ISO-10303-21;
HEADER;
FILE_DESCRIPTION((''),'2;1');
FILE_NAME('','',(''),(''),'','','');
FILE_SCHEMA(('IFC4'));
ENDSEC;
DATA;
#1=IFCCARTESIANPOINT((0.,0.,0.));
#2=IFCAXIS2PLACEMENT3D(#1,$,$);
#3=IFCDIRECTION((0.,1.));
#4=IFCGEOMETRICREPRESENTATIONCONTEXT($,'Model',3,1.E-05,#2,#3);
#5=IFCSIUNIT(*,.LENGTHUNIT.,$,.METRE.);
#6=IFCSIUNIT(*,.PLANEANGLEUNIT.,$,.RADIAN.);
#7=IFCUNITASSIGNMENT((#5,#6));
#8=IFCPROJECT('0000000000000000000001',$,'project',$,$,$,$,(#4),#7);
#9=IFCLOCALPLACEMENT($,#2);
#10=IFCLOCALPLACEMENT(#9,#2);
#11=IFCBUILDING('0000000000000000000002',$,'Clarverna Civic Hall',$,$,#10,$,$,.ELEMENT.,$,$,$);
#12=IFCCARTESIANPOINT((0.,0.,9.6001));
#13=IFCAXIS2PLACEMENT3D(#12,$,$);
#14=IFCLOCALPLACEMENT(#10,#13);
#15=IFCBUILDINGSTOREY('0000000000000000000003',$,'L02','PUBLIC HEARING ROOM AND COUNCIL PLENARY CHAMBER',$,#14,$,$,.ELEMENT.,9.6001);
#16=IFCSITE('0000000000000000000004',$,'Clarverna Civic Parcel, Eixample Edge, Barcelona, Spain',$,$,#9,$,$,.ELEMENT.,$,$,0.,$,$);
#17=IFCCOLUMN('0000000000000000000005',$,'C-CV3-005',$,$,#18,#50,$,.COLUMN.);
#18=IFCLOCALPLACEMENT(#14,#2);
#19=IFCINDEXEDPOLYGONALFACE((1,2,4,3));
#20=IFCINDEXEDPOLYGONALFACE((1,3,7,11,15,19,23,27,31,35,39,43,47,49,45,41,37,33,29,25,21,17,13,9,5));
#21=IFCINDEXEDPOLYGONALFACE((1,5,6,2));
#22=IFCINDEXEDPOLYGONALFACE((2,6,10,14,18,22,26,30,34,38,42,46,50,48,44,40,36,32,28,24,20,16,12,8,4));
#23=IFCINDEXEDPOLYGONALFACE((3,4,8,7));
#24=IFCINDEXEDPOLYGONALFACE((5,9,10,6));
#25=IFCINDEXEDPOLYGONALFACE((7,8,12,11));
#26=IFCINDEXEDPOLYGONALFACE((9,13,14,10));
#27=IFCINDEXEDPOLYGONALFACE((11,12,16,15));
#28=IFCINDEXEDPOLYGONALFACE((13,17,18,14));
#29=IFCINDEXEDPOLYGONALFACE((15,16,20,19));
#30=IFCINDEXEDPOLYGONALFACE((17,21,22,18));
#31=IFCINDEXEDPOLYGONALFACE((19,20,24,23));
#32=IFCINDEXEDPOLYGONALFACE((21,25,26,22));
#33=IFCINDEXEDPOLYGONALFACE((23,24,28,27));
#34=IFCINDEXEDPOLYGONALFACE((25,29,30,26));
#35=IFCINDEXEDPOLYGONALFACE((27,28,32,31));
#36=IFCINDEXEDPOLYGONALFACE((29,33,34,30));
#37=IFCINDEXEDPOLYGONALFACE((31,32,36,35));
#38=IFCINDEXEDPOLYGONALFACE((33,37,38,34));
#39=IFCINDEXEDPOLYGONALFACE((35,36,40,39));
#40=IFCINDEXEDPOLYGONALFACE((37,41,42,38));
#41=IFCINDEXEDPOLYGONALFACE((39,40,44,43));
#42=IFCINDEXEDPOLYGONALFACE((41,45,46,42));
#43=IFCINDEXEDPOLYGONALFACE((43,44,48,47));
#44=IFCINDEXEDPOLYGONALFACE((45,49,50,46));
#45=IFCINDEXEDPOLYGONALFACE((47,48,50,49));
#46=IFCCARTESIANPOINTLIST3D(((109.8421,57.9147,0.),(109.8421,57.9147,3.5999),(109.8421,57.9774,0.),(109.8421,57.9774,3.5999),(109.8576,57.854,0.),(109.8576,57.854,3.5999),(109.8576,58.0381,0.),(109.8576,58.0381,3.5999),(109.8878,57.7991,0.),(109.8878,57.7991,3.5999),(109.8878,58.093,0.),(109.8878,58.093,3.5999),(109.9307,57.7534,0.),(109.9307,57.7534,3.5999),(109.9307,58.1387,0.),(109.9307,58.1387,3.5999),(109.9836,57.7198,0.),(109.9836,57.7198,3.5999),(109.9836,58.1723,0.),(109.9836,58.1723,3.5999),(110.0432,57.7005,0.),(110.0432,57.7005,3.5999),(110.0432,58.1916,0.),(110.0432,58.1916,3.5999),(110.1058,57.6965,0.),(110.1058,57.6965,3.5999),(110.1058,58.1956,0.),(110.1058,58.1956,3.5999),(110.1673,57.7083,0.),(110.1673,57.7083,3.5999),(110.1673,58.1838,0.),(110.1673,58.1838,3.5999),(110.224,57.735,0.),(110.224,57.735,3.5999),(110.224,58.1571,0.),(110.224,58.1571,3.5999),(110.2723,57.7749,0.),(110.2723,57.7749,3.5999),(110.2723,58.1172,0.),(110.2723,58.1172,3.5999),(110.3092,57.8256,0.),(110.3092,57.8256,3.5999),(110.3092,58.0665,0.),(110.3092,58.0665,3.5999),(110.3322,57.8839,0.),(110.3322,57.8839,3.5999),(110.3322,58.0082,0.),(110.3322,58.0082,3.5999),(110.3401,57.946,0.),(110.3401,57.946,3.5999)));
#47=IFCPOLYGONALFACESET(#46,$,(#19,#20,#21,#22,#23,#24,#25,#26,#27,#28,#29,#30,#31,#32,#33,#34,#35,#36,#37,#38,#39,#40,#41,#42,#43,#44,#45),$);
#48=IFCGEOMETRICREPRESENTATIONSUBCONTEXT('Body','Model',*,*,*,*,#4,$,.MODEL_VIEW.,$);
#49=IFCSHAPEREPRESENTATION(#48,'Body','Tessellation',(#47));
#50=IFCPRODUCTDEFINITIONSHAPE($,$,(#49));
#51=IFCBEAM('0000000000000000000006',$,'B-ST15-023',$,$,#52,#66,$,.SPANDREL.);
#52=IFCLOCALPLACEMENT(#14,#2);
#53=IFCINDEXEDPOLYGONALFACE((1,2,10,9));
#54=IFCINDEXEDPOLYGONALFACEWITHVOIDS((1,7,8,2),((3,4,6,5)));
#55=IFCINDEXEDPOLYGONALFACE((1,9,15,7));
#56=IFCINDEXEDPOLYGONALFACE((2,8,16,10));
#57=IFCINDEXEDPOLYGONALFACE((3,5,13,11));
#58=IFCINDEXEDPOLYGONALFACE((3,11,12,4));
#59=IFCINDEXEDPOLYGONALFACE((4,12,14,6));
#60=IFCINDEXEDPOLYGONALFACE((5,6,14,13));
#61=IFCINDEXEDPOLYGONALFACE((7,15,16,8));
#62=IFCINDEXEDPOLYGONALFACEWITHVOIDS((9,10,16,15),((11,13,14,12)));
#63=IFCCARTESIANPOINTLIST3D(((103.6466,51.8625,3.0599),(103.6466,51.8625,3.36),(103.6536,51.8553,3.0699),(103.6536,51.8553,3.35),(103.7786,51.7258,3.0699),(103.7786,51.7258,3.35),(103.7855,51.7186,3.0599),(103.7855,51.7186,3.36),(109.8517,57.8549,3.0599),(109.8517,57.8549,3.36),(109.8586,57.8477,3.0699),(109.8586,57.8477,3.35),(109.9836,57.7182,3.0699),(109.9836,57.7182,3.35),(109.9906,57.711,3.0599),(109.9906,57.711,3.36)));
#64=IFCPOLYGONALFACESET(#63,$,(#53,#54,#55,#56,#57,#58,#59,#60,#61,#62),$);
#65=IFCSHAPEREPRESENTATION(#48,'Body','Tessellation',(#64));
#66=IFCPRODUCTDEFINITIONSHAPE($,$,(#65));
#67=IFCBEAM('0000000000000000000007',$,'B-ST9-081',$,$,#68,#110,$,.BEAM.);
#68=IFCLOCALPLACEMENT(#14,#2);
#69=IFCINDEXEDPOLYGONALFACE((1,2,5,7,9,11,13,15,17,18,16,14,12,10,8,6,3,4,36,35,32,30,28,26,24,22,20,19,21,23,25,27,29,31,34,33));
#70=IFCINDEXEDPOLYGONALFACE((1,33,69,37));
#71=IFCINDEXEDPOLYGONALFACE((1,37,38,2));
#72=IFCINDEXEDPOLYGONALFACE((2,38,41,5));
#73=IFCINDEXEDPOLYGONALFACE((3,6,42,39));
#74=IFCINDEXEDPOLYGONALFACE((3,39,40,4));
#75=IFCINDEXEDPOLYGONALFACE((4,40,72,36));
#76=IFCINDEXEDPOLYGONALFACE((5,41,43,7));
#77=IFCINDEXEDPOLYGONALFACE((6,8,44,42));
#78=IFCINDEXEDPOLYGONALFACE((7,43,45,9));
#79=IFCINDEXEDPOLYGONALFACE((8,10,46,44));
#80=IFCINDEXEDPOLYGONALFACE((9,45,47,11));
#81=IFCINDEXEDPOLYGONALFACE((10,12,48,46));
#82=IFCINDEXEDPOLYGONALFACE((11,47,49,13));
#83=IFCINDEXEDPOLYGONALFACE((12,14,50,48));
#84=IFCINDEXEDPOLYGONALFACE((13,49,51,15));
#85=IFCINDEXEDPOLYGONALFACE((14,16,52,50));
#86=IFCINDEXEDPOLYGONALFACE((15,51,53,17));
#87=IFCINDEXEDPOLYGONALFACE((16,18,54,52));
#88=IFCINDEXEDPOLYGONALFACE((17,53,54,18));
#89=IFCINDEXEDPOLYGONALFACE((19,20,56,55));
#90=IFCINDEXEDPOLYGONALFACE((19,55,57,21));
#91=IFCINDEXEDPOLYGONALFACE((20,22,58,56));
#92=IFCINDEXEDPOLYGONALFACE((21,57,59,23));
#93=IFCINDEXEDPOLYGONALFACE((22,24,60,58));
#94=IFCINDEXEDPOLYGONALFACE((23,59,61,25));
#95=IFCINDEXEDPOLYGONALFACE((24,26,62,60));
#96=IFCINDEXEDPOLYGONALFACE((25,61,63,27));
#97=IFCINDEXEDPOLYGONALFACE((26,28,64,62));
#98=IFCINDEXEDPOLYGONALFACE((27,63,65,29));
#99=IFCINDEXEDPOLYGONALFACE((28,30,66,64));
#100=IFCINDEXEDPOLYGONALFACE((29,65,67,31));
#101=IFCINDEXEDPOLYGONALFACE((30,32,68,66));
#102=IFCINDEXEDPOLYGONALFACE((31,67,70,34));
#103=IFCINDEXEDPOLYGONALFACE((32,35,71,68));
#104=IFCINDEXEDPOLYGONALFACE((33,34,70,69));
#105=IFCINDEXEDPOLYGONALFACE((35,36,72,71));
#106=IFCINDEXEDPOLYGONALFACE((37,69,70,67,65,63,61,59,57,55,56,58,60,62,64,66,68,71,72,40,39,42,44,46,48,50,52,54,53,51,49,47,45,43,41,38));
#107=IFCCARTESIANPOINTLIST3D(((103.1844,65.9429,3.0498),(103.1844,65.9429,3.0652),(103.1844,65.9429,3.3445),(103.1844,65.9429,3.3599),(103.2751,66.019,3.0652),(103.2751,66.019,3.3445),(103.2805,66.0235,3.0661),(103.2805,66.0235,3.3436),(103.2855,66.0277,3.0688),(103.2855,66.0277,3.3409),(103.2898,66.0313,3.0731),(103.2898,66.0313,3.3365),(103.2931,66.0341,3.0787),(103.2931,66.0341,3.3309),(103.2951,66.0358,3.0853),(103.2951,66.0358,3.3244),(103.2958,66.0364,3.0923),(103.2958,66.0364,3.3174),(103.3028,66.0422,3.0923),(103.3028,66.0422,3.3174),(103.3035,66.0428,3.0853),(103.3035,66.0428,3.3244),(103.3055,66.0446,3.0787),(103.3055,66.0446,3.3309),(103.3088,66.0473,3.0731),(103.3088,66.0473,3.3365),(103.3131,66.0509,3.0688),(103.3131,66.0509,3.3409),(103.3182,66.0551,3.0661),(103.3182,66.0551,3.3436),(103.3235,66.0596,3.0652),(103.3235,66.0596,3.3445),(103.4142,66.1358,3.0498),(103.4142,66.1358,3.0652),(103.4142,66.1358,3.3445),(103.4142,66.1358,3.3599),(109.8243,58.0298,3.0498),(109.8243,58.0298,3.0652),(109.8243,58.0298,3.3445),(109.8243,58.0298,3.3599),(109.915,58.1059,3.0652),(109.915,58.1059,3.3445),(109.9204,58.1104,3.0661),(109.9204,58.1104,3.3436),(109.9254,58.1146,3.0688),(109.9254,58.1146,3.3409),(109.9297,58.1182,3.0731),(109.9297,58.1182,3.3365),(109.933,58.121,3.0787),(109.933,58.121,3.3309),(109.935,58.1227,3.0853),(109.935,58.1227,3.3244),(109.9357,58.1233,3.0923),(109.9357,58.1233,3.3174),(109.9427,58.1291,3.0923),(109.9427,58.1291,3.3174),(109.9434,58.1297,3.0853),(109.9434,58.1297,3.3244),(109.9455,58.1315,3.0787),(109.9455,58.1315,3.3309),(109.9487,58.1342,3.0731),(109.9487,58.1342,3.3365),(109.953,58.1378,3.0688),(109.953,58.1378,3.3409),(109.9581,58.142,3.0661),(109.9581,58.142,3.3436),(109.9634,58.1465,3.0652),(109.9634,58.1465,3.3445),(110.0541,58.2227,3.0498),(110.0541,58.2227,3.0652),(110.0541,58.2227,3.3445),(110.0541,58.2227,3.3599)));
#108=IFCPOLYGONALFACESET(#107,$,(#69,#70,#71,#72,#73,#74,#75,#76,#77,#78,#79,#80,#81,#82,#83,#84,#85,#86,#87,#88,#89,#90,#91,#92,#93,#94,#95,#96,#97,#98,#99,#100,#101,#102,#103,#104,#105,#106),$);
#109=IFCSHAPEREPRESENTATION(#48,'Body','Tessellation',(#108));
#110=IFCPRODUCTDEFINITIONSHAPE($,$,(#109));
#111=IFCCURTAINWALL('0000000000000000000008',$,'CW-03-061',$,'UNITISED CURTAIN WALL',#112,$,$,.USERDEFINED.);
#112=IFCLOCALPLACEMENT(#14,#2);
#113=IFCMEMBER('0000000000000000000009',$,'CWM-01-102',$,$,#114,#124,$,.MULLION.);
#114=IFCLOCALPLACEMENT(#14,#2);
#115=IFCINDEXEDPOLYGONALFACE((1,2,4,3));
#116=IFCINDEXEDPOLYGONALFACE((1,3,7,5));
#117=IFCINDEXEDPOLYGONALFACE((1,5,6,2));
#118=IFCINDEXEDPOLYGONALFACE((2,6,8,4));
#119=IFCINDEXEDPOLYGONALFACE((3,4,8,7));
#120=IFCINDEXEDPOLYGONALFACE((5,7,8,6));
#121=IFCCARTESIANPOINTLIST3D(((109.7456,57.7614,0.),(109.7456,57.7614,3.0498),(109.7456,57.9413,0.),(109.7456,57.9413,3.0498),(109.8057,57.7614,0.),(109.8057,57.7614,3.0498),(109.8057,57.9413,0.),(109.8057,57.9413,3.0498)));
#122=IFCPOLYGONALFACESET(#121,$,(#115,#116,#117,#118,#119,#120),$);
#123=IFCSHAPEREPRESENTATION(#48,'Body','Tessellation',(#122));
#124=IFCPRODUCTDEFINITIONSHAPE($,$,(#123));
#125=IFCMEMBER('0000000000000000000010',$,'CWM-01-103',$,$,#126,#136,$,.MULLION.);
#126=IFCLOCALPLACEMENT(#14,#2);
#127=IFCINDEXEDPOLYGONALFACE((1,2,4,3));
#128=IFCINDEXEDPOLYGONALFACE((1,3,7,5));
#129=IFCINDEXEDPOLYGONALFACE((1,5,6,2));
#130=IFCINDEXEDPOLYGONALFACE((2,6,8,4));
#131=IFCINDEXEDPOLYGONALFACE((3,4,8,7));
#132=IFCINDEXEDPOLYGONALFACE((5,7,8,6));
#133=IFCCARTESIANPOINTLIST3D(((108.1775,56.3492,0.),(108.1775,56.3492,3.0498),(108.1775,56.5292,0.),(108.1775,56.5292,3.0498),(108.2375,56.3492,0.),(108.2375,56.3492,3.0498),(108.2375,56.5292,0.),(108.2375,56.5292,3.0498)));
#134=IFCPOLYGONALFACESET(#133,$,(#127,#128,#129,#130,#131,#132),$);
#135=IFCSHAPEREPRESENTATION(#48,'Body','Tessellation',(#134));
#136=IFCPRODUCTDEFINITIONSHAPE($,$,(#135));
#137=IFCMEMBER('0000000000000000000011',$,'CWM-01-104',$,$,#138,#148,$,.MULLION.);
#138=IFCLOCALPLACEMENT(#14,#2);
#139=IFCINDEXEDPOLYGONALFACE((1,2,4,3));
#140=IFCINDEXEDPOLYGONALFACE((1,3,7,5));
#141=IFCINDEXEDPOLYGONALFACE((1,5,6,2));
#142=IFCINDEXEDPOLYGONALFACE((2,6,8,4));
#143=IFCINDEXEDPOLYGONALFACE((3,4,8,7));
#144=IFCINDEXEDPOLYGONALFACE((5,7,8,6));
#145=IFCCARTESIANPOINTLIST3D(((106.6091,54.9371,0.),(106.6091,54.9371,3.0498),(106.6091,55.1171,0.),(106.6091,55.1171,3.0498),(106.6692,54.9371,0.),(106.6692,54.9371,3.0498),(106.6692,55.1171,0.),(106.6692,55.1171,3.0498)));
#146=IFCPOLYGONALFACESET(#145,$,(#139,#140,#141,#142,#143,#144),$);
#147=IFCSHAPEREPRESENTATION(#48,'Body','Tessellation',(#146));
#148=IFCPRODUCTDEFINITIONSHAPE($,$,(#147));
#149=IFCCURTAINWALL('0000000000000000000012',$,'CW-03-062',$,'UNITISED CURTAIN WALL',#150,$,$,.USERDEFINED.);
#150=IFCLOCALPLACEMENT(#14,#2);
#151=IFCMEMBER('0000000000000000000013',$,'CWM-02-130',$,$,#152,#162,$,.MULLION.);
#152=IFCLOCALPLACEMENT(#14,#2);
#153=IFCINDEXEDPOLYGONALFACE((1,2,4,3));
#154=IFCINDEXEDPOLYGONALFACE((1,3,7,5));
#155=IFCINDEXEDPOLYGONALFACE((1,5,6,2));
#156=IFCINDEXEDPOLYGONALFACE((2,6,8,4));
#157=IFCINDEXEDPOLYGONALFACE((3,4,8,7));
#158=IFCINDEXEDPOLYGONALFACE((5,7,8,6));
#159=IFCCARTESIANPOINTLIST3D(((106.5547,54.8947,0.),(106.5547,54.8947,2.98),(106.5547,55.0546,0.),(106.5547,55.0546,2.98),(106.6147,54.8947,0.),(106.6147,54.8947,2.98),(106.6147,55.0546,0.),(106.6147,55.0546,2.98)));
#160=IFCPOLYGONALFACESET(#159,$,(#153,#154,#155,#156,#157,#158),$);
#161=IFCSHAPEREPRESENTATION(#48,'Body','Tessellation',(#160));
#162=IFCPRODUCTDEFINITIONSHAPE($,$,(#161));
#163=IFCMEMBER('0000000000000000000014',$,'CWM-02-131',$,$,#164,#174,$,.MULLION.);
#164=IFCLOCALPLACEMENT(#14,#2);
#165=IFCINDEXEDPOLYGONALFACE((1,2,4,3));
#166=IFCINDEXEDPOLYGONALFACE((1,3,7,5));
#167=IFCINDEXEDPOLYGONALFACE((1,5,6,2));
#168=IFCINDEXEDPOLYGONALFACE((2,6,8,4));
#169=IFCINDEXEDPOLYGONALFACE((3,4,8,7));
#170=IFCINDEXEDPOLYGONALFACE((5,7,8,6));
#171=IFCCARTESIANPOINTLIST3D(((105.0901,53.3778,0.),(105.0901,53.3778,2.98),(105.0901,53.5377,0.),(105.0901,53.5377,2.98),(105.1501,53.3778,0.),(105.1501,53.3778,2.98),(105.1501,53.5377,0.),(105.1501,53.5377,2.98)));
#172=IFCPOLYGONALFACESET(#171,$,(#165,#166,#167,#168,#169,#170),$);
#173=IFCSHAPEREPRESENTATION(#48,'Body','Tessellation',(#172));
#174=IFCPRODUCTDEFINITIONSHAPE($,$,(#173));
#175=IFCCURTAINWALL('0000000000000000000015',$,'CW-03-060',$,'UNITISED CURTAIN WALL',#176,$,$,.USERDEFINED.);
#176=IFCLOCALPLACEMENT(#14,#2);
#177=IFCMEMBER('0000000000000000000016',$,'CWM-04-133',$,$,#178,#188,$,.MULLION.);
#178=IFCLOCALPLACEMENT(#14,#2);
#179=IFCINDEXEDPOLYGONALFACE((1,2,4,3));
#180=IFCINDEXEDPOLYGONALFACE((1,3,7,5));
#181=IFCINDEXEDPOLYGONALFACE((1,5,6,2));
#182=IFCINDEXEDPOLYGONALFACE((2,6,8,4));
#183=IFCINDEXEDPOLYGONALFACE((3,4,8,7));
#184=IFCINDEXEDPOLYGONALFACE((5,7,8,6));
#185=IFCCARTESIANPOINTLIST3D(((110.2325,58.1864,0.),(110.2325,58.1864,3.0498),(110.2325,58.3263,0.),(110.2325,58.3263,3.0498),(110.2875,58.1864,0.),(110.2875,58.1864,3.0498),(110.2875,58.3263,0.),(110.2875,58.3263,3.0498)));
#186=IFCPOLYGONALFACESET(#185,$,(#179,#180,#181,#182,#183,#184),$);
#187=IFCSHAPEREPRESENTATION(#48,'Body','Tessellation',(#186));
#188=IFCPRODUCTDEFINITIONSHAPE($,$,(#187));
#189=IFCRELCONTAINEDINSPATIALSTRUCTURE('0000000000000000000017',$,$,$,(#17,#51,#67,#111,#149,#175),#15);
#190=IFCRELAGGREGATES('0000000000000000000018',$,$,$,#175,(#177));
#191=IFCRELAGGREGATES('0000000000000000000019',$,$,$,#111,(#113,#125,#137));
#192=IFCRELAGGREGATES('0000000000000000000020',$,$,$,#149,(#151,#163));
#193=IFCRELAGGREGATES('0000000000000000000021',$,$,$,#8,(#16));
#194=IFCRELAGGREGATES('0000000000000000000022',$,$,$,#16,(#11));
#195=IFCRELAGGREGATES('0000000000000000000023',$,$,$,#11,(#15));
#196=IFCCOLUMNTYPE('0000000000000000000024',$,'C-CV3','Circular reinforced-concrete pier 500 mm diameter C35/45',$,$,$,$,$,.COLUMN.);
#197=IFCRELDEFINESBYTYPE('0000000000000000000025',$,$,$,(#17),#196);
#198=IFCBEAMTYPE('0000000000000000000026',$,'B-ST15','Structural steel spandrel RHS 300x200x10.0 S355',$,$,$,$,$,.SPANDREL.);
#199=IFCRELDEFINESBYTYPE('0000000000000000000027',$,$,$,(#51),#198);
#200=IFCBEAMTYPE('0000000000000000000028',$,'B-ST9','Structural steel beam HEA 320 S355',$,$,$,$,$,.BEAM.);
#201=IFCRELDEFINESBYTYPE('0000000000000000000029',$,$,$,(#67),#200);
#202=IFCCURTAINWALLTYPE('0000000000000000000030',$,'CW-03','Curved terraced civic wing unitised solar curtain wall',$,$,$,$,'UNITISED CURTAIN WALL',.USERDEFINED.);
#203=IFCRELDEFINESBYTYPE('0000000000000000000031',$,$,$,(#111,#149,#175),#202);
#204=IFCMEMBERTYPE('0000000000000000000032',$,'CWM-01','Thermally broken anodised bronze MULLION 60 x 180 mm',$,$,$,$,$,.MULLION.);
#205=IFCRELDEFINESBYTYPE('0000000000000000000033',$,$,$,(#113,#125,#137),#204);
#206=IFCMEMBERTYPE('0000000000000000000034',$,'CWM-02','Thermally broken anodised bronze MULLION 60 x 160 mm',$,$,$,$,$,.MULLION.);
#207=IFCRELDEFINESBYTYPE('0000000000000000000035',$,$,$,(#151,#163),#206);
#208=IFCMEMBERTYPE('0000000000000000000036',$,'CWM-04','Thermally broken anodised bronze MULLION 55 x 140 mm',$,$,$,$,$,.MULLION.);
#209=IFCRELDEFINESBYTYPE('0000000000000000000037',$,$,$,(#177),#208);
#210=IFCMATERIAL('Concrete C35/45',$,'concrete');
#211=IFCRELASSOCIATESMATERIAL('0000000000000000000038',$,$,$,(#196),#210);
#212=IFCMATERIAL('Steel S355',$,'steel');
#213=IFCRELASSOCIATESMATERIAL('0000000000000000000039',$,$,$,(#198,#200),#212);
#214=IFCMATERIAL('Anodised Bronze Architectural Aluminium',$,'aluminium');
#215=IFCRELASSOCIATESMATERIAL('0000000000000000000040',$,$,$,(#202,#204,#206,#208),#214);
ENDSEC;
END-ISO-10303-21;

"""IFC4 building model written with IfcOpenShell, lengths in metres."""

from ifc_helpers import new_model, si_unit, direction, frame, origin, origin_2d, place, context, subcontext, project, spatial, rectangle, hollow_rectangle, circle, i_section, extrude, material, material_profile, profile_set, type_object, element, aggregate, save


model = new_model("IFC4")

# Units and contexts
model_context = context("Model", 3, precision=1e-05, world=origin(), true_north=direction((0.0, 1.0)))
body_context = subcontext(model_context, "Body", "Model", "MODEL_VIEW")
ifc_project = project(units=[si_unit("LENGTHUNIT", "METRE"), si_unit("PLANEANGLEUNIT", "RADIAN")], contexts=[model_context])

# Site, building, storey
site_placement = place(None, origin())
site = spatial("IfcSite", under=ifc_project, at=site_placement, Name="Clarverna Civic Parcel, Eixample Edge, Barcelona, Spain", CompositionType="ELEMENT", RefElevation=0.0)
building_placement = place(site_placement, origin())
building = spatial("IfcBuilding", under=site, at=building_placement, Name="Clarverna Civic Hall", CompositionType="ELEMENT")
storey_placement = place(building_placement, frame((0.0, 0.0, 9.6001)))
storey = spatial("IfcBuildingStorey", under=building, at=storey_placement, Name="L02", Description="PUBLIC HEARING ROOM AND COUNCIL PLENARY CHAMBER", CompositionType="ELEMENT", Elevation=9.6001)

# Column
ifc_material_1 = material(Name="Concrete C35/45", Category="concrete")
ifc_material_profile_1 = material_profile(ifc_material_1, circle(Radius=0.25, at=origin_2d()), Name="RC D500")
ifc_profile_set_1 = profile_set([ifc_material_profile_1], Name="Concrete C35/45")
column_type = type_object("IfcColumnType", Name="C-CV3", Description="Circular reinforced-concrete pier 500 mm diameter C35/45", PredefinedType="COLUMN", material=ifc_profile_set_1)
column_placement = place(storey_placement, frame((110.0901, 57.946, 0.0), z_axis=(0.0, 0.0, 1.0), x_axis=(1.0, 0.0, 0.0)))
element("IfcColumn", 1, at=column_placement, inside=storey, type_object=column_type, Name="C-CV3-005", PredefinedType="COLUMN", context=body_context, shape_type="SweptSolid", body=[
    extrude(circle(Radius=0.25, at=origin_2d()), origin(), (0.0, 0.0, 1.0), 3.5999),
])

# Beams
ifc_material_2 = material(Name="Steel S355", Category="steel")
ifc_material_profile_2 = material_profile(ifc_material_2, hollow_rectangle(XDim=0.2, YDim=0.3, WallThickness=0.01, at=origin_2d()), Name="RHS 300x200x10.0")
ifc_profile_set_2 = profile_set([ifc_material_profile_2], Name="Steel S355")
beam_type_1 = type_object("IfcBeamType", Name="B-ST15", Description="Structural steel spandrel RHS 300x200x10.0 S355", PredefinedType="SPANDREL", material=ifc_profile_set_2)
beam_1_placement = place(storey_placement, frame((109.9211, 57.783, 3.21), z_axis=(-0.719325, -0.694674, 0.0), x_axis=(0.694674, -0.719325, 0.0)))
element("IfcBeam", 2, at=beam_1_placement, inside=storey, type_object=beam_type_1, Name="B-ST15-023", PredefinedType="SPANDREL", context=body_context, shape_type="SweptSolid", body=[
    extrude(hollow_rectangle(XDim=0.2, YDim=0.3, WallThickness=0.01, at=origin_2d()), origin(), (0.0, 0.0, 1.0), 8.6262),
])
ifc_material_profile_3 = material_profile(ifc_material_2, i_section(OverallWidth=0.3, OverallDepth=0.3101, WebThickness=0.009, FlangeThickness=0.0154, FilletRadius=0.0271, at=origin_2d()), Name="HEA 320")
ifc_profile_set_3 = profile_set([ifc_material_profile_3], Name="Steel S355")
beam_type_2 = type_object("IfcBeamType", Name="B-ST9", Description="Structural steel beam HEA 320 S355", PredefinedType="BEAM", material=ifc_profile_set_3)
beam_2_placement = place(storey_placement, frame((109.9392, 58.1262, 3.2048), z_axis=(-0.642789, 0.766043, 0.0), x_axis=(-0.766043, -0.642789, 0.0)))
element("IfcBeam", 3, at=beam_2_placement, inside=storey, type_object=beam_type_2, Name="B-ST9-081", PredefinedType="BEAM", context=body_context, shape_type="SweptSolid", body=[
    extrude(i_section(OverallWidth=0.3, OverallDepth=0.3101, WebThickness=0.009, FlangeThickness=0.0154, FilletRadius=0.0271, at=origin_2d()), origin(), (0.0, 0.0, 1.0), 10.3298),
])

# Curtain walls, members
ifc_material_3 = material(Name="Anodised Bronze Architectural Aluminium", Category="aluminium")
curtain_wall_type = type_object("IfcCurtainWallType", Name="CW-03", Description="Curved terraced civic wing unitised solar curtain wall", ElementType="UNITISED CURTAIN WALL", PredefinedType="USERDEFINED", material=ifc_material_3)
curtain_wall_1_placement = place(storey_placement, origin())
curtain_wall_1 = element("IfcCurtainWall", 4, at=curtain_wall_1_placement, inside=storey, type_object=curtain_wall_type, Name="CW-03-061", ObjectType="UNITISED CURTAIN WALL", PredefinedType="USERDEFINED")
ifc_material_profile_4 = material_profile(ifc_material_3, rectangle(XDim=0.0601, YDim=0.1799, at=origin_2d()), Name="BRONZE 60x180")
ifc_profile_set_4 = profile_set([ifc_material_profile_4], Name="Anodised Bronze Architectural Aluminium")
member_type_1 = type_object("IfcMemberType", Name="CWM-01", Description="Thermally broken anodised bronze MULLION 60 x 180 mm", PredefinedType="MULLION", material=ifc_profile_set_4)
member_1_placement = place(storey_placement, frame((109.7756, 57.8513, 0.0), z_axis=(0.0, 0.0, 1.0), x_axis=(1.0, 0.0, 0.0)))
member_1 = element("IfcMember", 5, at=member_1_placement, type_object=member_type_1, Name="CWM-01-102", PredefinedType="MULLION", context=body_context, shape_type="SweptSolid", body=[
    extrude(rectangle(XDim=0.0601, YDim=0.1799, at=origin_2d()), origin(), (0.0, 0.0, 1.0), 3.0498),
])
member_2_placement = place(storey_placement, frame((108.2075, 56.4392, 0.0), z_axis=(0.0, 0.0, 1.0), x_axis=(1.0, 0.0, 0.0)))
member_2 = element("IfcMember", 6, at=member_2_placement, type_object=member_type_1, Name="CWM-01-103", PredefinedType="MULLION", context=body_context, shape_type="SweptSolid", body=[
    extrude(rectangle(XDim=0.0601, YDim=0.1799, at=origin_2d()), origin(), (0.0, 0.0, 1.0), 3.0498),
])
member_3_placement = place(storey_placement, frame((106.6392, 55.0271, 0.0), z_axis=(0.0, 0.0, 1.0), x_axis=(1.0, 0.0, 0.0)))
member_3 = element("IfcMember", 7, at=member_3_placement, type_object=member_type_1, Name="CWM-01-104", PredefinedType="MULLION", context=body_context, shape_type="SweptSolid", body=[
    extrude(rectangle(XDim=0.0601, YDim=0.1799, at=origin_2d()), origin(), (0.0, 0.0, 1.0), 3.0498),
])
curtain_wall_2_placement = place(storey_placement, origin())
curtain_wall_2 = element("IfcCurtainWall", 8, at=curtain_wall_2_placement, inside=storey, type_object=curtain_wall_type, Name="CW-03-062", ObjectType="UNITISED CURTAIN WALL", PredefinedType="USERDEFINED")
ifc_material_profile_5 = material_profile(ifc_material_3, rectangle(XDim=0.0601, YDim=0.1599, at=origin_2d()), Name="BRONZE 60x160")
ifc_profile_set_5 = profile_set([ifc_material_profile_5], Name="Anodised Bronze Architectural Aluminium")
member_type_2 = type_object("IfcMemberType", Name="CWM-02", Description="Thermally broken anodised bronze MULLION 60 x 160 mm", PredefinedType="MULLION", material=ifc_profile_set_5)
member_4_placement = place(storey_placement, frame((106.5847, 54.9746, 0.0), z_axis=(0.0, 0.0, 1.0), x_axis=(1.0, 0.0, 0.0)))
member_4 = element("IfcMember", 9, at=member_4_placement, type_object=member_type_2, Name="CWM-02-130", PredefinedType="MULLION", context=body_context, shape_type="SweptSolid", body=[
    extrude(rectangle(XDim=0.0601, YDim=0.1599, at=origin_2d()), origin(), (0.0, 0.0, 1.0), 2.98),
])
member_5_placement = place(storey_placement, frame((105.1201, 53.4578, 0.0), z_axis=(0.0, 0.0, 1.0), x_axis=(1.0, 0.0, 0.0)))
member_5 = element("IfcMember", 10, at=member_5_placement, type_object=member_type_2, Name="CWM-02-131", PredefinedType="MULLION", context=body_context, shape_type="SweptSolid", body=[
    extrude(rectangle(XDim=0.0601, YDim=0.1599, at=origin_2d()), origin(), (0.0, 0.0, 1.0), 2.98),
])

# Curtain wall, member
curtain_wall_3_placement = place(storey_placement, origin())
curtain_wall_3 = element("IfcCurtainWall", 11, at=curtain_wall_3_placement, inside=storey, type_object=curtain_wall_type, Name="CW-03-060", ObjectType="UNITISED CURTAIN WALL", PredefinedType="USERDEFINED")
ifc_material_profile_6 = material_profile(ifc_material_3, rectangle(XDim=0.0549, YDim=0.1399, at=origin_2d()), Name="BRONZE 55x140")
ifc_profile_set_6 = profile_set([ifc_material_profile_6], Name="Anodised Bronze Architectural Aluminium")
member_type_3 = type_object("IfcMemberType", Name="CWM-04", Description="Thermally broken anodised bronze MULLION 55 x 140 mm", PredefinedType="MULLION", material=ifc_profile_set_6)
member_6_placement = place(storey_placement, frame((110.26, 58.2563, 0.0), z_axis=(0.0, 0.0, 1.0), x_axis=(1.0, 0.0, 0.0)))
member_6 = element("IfcMember", 12, at=member_6_placement, type_object=member_type_3, Name="CWM-04-133", PredefinedType="MULLION", context=body_context, shape_type="SweptSolid", body=[
    extrude(rectangle(XDim=0.0549, YDim=0.1399, at=origin_2d()), origin(), (0.0, 0.0, 1.0), 3.0498),
])
aggregate(curtain_wall_3, [member_6])

aggregate(curtain_wall_1, [member_1, member_2, member_3])
aggregate(curtain_wall_2, [member_4, member_5])

save(model, "model.ifc")
